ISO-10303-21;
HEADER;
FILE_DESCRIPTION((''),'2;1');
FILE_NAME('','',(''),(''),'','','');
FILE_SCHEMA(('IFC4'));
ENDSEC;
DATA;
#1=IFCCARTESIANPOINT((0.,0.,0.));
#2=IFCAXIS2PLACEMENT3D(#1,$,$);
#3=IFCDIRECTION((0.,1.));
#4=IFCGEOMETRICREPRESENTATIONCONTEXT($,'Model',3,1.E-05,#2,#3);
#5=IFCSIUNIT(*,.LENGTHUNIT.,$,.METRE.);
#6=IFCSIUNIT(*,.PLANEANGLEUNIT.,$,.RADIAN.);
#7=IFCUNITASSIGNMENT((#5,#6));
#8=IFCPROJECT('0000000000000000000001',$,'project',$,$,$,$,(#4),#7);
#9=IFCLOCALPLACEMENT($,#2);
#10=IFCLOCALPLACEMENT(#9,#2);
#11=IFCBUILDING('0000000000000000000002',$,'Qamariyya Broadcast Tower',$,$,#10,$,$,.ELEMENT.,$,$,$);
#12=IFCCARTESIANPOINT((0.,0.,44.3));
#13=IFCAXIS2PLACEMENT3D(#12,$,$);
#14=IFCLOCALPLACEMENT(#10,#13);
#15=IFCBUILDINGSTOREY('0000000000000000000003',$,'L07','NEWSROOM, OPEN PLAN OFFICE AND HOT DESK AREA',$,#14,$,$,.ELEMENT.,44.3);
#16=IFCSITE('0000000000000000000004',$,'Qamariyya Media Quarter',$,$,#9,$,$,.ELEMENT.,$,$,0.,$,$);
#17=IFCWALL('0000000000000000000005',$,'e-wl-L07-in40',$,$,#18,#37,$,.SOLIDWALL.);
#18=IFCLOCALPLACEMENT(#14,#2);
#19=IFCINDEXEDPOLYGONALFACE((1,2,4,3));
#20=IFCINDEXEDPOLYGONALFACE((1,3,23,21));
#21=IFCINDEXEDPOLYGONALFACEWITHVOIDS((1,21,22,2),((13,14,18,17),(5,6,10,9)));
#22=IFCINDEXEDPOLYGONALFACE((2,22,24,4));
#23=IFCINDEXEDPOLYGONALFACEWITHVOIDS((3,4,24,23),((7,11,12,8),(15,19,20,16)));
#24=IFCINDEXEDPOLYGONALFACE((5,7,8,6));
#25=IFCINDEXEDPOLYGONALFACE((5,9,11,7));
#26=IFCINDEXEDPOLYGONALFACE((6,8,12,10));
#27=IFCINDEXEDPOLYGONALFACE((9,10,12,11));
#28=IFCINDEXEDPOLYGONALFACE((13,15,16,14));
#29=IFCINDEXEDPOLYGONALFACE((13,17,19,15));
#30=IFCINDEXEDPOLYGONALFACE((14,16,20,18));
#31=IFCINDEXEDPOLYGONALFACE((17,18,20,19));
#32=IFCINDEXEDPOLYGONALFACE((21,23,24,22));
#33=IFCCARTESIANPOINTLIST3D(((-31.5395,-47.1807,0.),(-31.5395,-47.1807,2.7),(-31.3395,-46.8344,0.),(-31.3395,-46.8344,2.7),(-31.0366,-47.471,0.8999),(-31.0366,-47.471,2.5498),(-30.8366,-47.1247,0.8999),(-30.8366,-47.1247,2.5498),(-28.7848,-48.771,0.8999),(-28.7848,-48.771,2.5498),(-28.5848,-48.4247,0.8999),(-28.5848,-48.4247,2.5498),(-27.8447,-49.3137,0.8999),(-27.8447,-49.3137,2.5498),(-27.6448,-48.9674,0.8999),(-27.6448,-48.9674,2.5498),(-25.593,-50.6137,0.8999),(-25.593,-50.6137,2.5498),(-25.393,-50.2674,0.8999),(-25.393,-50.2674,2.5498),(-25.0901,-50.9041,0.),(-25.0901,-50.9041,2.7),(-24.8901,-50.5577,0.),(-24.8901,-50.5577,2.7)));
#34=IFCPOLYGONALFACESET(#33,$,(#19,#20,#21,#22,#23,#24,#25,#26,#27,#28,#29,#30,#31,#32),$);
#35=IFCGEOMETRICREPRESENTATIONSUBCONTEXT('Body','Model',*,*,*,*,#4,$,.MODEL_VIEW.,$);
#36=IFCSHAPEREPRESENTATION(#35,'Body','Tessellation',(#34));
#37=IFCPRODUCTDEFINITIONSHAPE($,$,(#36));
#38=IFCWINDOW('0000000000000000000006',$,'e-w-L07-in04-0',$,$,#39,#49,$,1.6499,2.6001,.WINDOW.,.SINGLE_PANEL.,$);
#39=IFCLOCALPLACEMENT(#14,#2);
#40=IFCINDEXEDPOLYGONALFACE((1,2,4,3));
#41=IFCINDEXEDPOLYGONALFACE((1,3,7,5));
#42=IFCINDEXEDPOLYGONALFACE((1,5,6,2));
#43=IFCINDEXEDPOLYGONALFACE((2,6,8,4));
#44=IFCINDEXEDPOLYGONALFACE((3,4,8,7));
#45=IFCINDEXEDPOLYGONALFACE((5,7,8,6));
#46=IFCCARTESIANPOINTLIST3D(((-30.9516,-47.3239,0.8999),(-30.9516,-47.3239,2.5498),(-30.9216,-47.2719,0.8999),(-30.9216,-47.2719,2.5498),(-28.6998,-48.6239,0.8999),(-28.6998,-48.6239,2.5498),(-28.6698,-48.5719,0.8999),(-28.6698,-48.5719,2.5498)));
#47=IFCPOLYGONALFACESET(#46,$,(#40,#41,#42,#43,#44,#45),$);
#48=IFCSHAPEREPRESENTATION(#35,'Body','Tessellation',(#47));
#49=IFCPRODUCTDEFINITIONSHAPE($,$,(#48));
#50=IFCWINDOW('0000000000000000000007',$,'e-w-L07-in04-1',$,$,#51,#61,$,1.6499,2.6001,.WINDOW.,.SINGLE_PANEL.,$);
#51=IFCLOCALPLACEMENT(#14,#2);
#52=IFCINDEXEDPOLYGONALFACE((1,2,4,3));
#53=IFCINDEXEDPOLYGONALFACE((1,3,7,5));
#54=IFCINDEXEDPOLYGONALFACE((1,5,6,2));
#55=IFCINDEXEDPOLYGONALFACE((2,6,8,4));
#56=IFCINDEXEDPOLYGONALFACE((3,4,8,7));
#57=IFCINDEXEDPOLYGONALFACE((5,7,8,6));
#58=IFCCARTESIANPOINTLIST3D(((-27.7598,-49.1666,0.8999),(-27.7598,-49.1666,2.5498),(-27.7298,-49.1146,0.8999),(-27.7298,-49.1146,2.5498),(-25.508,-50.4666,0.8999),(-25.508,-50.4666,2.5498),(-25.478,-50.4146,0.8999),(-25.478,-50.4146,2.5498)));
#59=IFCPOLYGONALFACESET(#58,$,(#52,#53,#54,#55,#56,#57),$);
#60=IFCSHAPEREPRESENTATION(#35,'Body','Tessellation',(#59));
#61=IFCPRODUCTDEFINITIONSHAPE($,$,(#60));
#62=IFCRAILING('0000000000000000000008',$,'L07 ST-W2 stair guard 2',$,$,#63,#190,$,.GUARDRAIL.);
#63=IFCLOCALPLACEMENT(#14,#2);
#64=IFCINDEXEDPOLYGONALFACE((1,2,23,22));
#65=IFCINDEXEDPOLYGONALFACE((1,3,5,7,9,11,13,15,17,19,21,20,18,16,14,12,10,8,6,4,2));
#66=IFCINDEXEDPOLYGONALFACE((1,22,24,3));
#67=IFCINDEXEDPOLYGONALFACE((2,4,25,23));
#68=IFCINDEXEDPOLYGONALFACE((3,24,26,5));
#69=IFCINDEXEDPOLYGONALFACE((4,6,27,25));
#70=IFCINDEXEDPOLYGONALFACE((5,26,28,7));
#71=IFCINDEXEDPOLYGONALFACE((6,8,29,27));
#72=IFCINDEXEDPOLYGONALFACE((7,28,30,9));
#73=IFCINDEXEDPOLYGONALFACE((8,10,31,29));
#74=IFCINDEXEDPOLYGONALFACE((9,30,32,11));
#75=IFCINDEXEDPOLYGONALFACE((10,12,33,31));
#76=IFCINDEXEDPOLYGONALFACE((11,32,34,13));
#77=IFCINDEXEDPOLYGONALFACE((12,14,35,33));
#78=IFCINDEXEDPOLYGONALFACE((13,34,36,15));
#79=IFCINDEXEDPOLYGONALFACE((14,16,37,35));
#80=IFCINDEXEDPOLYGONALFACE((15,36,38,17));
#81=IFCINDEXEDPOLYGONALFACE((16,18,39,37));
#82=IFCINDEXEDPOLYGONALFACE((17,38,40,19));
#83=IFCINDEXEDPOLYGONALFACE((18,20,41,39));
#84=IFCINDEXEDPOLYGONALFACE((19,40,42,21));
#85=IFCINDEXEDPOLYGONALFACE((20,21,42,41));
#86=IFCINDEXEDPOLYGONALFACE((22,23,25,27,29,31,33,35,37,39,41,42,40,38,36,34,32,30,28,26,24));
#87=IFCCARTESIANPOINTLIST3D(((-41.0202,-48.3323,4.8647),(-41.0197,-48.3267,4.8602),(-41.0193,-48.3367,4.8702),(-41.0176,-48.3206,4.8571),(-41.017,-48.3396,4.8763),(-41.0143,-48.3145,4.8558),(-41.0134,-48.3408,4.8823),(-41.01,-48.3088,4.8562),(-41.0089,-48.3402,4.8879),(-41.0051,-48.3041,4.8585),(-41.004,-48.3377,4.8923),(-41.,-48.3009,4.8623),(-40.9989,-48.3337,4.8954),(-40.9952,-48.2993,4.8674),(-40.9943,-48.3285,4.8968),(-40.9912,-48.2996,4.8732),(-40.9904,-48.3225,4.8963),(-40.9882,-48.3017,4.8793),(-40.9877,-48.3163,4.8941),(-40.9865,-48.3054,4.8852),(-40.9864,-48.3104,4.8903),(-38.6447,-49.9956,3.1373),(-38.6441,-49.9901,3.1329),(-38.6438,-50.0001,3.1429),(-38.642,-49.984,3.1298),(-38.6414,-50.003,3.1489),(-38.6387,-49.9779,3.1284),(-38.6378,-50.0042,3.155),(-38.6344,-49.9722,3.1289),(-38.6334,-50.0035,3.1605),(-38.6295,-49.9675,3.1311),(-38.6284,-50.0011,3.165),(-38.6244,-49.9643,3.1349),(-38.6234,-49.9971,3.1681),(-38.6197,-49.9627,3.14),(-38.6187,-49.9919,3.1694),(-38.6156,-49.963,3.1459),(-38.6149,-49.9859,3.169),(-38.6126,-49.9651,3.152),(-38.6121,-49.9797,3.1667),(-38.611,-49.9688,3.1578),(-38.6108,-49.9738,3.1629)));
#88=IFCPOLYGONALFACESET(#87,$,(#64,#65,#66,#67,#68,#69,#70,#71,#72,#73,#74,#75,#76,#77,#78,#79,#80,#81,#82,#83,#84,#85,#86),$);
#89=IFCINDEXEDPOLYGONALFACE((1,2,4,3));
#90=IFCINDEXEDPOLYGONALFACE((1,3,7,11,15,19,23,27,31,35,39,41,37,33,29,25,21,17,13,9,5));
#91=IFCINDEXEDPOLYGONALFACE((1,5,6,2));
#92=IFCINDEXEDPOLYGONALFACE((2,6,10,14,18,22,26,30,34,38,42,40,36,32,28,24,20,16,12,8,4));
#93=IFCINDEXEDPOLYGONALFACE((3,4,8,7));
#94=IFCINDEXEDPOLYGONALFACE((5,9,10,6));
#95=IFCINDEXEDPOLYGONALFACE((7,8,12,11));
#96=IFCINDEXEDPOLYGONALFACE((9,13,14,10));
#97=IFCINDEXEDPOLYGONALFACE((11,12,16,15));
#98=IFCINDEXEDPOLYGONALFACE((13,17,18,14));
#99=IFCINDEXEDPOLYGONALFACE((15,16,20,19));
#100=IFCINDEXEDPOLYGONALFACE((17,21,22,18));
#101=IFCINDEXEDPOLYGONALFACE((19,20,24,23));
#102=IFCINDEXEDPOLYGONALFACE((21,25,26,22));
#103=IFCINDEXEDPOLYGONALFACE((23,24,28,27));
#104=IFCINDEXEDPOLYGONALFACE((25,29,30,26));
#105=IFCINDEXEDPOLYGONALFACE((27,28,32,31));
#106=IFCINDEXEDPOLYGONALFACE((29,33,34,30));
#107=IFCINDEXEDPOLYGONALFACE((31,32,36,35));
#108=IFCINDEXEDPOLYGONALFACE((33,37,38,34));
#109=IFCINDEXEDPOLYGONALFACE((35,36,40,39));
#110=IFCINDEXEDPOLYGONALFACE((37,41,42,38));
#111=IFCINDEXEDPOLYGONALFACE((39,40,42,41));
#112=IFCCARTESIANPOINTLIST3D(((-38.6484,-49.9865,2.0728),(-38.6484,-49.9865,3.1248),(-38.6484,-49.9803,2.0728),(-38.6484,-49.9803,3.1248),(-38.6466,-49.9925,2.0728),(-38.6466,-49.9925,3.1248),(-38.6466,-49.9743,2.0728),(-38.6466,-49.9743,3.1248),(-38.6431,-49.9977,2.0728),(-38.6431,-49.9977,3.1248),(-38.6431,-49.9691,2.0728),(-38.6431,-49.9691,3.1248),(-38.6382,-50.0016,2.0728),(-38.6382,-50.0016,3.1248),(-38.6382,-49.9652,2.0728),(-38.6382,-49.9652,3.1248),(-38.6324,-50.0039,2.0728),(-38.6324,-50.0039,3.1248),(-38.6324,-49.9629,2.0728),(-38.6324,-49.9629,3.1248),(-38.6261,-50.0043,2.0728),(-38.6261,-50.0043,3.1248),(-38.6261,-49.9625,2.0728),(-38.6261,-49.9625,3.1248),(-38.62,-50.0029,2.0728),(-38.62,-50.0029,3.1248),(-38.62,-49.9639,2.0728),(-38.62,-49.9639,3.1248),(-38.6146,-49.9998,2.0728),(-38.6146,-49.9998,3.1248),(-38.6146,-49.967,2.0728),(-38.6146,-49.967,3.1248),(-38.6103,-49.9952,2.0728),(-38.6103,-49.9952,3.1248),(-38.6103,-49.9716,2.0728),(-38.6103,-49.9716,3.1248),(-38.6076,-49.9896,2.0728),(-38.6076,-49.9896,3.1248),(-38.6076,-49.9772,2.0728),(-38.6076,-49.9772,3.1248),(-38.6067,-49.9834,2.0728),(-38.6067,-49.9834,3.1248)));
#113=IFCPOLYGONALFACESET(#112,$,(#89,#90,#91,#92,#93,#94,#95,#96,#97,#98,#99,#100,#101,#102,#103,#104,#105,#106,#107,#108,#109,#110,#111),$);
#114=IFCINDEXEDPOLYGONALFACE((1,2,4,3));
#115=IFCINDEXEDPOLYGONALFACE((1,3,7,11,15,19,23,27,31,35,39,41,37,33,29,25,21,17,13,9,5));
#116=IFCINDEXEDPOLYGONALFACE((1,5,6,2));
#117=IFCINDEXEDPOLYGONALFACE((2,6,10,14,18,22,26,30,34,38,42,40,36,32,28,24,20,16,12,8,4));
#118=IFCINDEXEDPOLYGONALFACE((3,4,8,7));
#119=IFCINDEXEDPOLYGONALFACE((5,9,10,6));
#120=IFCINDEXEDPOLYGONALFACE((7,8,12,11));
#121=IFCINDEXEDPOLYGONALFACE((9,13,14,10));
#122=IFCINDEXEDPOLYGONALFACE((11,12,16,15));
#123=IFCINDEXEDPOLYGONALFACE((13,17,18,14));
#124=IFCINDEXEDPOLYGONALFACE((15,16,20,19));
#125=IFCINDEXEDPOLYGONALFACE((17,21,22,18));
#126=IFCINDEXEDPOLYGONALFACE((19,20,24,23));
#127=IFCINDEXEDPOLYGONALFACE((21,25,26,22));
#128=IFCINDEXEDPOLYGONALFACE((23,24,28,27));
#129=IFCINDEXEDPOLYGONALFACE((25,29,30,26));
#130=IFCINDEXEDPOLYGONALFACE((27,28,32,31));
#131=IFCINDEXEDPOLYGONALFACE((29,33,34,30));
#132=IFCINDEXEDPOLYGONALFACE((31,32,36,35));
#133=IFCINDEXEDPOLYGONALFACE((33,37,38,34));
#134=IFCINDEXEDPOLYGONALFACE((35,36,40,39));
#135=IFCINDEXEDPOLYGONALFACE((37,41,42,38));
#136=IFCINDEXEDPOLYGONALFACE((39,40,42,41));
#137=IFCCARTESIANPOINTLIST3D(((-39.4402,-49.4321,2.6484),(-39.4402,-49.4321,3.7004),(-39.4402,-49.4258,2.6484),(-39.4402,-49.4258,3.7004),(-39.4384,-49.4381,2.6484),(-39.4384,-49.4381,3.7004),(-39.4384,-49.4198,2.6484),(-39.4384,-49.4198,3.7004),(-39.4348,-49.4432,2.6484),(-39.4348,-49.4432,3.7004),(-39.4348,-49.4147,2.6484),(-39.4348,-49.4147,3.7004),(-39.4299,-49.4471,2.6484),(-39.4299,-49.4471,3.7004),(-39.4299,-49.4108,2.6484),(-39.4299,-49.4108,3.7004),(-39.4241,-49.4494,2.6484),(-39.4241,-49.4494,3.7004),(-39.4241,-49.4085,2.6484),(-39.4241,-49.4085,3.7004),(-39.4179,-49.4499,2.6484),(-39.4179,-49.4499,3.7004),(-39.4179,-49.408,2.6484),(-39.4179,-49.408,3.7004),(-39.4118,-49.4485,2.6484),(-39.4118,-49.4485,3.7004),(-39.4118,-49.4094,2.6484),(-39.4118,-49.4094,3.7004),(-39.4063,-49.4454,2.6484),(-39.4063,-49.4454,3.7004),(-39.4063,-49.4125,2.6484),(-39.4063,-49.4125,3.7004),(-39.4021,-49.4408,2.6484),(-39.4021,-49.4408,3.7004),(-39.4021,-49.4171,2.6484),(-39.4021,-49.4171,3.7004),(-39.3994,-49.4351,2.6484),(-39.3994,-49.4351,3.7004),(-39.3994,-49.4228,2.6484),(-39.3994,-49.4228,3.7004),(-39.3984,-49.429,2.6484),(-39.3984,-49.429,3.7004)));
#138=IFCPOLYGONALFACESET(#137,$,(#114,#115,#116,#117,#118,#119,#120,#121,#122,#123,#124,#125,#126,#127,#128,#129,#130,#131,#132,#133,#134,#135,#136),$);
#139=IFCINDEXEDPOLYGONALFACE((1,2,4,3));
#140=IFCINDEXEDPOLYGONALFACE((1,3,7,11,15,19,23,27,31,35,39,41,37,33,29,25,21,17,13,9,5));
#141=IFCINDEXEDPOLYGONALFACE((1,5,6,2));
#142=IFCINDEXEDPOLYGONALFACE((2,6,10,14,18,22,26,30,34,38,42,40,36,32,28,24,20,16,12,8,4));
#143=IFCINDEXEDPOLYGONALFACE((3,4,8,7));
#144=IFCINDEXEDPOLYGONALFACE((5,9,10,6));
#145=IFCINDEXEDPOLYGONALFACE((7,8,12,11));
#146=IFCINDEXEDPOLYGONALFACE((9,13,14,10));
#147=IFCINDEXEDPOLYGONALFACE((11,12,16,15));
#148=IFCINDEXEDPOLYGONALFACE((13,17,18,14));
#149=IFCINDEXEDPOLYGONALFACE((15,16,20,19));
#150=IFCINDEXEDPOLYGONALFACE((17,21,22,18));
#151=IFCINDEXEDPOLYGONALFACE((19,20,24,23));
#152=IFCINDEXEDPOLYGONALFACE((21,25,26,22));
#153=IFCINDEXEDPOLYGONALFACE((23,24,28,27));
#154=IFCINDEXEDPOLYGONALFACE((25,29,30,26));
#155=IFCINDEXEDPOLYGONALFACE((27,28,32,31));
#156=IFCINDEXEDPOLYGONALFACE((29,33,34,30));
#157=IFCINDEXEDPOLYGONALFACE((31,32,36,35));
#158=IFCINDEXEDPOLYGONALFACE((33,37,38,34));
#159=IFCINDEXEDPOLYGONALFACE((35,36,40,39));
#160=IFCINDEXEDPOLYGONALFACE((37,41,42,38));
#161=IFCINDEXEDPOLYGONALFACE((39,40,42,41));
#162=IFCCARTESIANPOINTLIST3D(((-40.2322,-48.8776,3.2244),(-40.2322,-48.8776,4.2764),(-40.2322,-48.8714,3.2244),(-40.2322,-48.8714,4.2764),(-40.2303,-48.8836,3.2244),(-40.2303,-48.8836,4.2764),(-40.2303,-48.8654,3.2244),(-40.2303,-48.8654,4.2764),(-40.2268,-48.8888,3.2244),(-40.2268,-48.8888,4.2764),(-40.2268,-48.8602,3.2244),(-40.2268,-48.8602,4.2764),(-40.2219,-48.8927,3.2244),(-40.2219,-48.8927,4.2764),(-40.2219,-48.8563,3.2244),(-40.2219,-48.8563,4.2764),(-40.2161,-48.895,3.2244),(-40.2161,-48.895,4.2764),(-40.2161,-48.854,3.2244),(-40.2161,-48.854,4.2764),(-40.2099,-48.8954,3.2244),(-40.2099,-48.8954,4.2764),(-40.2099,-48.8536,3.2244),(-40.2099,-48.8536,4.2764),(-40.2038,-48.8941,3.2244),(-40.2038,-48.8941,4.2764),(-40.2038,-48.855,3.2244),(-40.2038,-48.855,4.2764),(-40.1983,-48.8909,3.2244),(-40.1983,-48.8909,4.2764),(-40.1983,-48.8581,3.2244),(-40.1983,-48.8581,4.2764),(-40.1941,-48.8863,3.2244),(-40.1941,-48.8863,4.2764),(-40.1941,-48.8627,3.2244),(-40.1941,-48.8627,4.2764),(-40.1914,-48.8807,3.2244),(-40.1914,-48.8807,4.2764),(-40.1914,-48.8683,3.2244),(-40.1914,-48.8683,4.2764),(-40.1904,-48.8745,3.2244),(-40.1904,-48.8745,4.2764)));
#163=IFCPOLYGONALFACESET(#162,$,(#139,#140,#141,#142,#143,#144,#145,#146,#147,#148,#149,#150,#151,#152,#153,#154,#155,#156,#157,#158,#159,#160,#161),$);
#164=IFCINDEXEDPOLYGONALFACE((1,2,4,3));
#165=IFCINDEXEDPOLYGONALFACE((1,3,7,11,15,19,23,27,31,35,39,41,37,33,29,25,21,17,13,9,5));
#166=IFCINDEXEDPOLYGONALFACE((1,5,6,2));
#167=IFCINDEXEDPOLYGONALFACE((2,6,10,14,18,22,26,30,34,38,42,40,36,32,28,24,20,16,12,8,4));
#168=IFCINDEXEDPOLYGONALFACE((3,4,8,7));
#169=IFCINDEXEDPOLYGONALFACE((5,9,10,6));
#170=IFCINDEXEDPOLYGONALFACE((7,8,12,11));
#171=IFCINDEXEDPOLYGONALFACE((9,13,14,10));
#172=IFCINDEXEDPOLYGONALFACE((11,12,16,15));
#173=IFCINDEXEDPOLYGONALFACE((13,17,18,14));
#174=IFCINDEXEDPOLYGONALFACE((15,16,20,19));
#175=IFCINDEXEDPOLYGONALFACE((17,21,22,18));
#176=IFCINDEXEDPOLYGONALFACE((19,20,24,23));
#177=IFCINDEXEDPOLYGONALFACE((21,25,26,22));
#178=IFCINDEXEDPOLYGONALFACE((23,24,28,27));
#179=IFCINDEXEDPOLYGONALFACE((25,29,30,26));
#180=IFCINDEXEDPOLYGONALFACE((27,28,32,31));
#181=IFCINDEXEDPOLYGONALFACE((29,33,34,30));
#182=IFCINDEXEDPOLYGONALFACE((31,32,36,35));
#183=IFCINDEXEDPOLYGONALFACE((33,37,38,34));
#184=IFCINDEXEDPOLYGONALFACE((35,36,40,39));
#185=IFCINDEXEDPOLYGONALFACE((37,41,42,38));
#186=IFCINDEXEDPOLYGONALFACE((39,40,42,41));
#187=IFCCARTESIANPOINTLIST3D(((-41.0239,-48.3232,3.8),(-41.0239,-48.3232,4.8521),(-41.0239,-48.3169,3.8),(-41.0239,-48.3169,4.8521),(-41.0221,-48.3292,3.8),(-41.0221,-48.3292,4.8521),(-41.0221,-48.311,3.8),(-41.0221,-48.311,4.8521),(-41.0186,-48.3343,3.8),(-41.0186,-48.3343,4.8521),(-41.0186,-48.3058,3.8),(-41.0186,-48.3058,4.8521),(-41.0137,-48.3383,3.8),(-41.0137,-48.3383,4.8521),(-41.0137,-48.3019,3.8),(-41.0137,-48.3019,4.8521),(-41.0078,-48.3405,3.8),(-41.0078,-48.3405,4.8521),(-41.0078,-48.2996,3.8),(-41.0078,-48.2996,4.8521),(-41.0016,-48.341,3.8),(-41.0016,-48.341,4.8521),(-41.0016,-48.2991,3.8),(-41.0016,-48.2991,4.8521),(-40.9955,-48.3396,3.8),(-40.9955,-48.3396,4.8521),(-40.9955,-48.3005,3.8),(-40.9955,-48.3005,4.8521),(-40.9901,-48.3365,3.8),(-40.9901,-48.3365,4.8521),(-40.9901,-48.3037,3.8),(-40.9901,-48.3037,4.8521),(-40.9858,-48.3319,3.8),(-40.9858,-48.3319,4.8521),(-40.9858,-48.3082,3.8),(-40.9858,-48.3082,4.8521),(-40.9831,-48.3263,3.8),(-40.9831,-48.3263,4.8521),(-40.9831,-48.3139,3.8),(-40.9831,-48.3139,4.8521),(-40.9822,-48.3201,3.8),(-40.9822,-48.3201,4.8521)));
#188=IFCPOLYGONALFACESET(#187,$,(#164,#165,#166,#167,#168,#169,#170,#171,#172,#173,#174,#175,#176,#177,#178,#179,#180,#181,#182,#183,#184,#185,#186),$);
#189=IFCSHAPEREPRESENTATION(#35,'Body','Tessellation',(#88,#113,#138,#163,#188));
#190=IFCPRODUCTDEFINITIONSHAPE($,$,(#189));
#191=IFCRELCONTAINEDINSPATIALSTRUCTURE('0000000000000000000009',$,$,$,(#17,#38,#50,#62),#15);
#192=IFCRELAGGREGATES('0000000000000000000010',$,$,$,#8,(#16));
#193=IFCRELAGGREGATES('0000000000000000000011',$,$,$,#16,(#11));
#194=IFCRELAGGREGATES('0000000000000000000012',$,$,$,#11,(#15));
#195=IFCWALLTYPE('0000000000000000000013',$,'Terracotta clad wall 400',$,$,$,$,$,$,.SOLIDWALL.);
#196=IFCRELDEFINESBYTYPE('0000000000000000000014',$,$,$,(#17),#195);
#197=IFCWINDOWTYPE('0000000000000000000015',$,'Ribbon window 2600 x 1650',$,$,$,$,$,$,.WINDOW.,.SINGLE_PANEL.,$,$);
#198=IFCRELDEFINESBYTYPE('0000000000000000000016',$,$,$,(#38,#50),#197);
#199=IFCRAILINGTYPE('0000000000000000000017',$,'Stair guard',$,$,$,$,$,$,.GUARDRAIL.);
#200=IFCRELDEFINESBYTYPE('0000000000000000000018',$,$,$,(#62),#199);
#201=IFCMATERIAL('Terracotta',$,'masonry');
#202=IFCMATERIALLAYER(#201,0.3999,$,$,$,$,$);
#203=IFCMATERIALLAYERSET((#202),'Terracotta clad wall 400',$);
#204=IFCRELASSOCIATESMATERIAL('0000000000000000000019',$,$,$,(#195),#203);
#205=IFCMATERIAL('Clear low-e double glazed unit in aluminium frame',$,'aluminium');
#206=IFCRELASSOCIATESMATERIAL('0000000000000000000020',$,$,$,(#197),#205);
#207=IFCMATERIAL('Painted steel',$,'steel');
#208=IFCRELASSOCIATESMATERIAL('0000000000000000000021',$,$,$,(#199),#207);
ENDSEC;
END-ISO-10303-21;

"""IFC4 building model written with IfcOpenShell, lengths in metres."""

from ifc_helpers import new_model, si_unit, direction, frame, frame_2d, origin, origin_2d, place, context, subcontext, project, spatial, rectangle, circle, extrude, material, layer, layer_set, type_object, element, fill, save


model = new_model("IFC4")

# Units and contexts
model_context = context("Model", 3, precision=1e-05, world=origin(), true_north=direction((0.0, 1.0)))
body_context = subcontext(model_context, "Body", "Model", "MODEL_VIEW")
ifc_project = project(units=[si_unit("LENGTHUNIT", "METRE"), si_unit("PLANEANGLEUNIT", "RADIAN")], contexts=[model_context])

# Site, building, storey
site_placement = place(None, origin())
site = spatial("IfcSite", under=ifc_project, at=site_placement, Name="Qamariyya Media Quarter", CompositionType="ELEMENT", RefElevation=0.0)
building_placement = place(site_placement, origin())
building = spatial("IfcBuilding", under=site, at=building_placement, Name="Qamariyya Broadcast Tower", CompositionType="ELEMENT")
storey_placement = place(building_placement, frame((0.0, 0.0, 44.3)))
storey = spatial("IfcBuildingStorey", under=building, at=storey_placement, Name="L07", Description="NEWSROOM, OPEN PLAN OFFICE AND HOT DESK AREA", CompositionType="ELEMENT", Elevation=44.3)

# Wall, openings, windows
ifc_material_1 = material(Name="Terracotta", Category="masonry")
ifc_layer_1 = layer(ifc_material_1, 0.3999)
ifc_layer_set_1 = layer_set([ifc_layer_1], Name="Terracotta clad wall 400")
wall_type = type_object("IfcWallType", Name="Terracotta clad wall 400", PredefinedType="SOLIDWALL", material=ifc_layer_set_1)
ifc_material_2 = material(Name="Clear low-e double glazed unit in aluminium frame", Category="aluminium")
window_type = type_object("IfcWindowType", Name="Ribbon window 2600 x 1650", PartitioningType="SINGLE_PANEL", PredefinedType="WINDOW", material=ifc_material_2)
wall_1_placement = place(storey_placement, frame((-24.99, -50.731, 0.0), z_axis=(0.0, 0.0, 1.0), x_axis=(-0.866038, 0.499979, 0.0)))
wall_1 = element("IfcWall", 1, at=wall_1_placement, inside=storey, type_object=wall_type, Name="e-wl-L07-in40", PredefinedType="SOLIDWALL", context=body_context, shape_type="SweptSolid", body=[
    extrude(rectangle(XDim=7.447, YDim=0.3999, at=frame_2d((3.7236, 0.0))), origin(), (0.0, 0.0, 1.0), 2.7),
])
opening_1_placement = place(wall_1_placement, frame((4.2664, 0.0, 0.8999)))
opening_1 = element("IfcOpeningElement", 2, at=opening_1_placement, cuts=wall_1, PredefinedType="OPENING", context=body_context, shape_type="SweptSolid", body=[
    extrude(rectangle(XDim=2.6001, YDim=1.6499, at=frame_2d((1.3, 0.825))), frame((0.0, 0.21, 0.0), z_axis=(0.0, -1.0, 0.0), x_axis=(1.0, 0.0, 0.0)), (0.0, 0.0, 1.0), 0.4199),
])
opening_2_placement = place(wall_1_placement, frame((0.5808, 0.0, 0.8999)))
opening_2 = element("IfcOpeningElement", 3, at=opening_2_placement, cuts=wall_1, PredefinedType="OPENING", context=body_context, shape_type="SweptSolid", body=[
    extrude(rectangle(XDim=2.6001, YDim=1.6499, at=frame_2d((1.3, 0.825))), frame((0.0, 0.21, 0.0), z_axis=(0.0, -1.0, 0.0), x_axis=(1.0, 0.0, 0.0)), (0.0, 0.0, 1.0), 0.4199),
])
window_1_placement = place(opening_1_placement, origin())
window_1 = element("IfcWindow", 4, at=window_1_placement, inside=storey, type_object=window_type, Name="e-w-L07-in04-0", OverallHeight=1.6499, OverallWidth=2.6001, PartitioningType="SINGLE_PANEL", PredefinedType="WINDOW", context=body_context, shape_type="SweptSolid", body=[
    extrude(rectangle(XDim=2.6001, YDim=1.6499, at=frame_2d((1.3, 0.825))), frame((0.0, 0.03, 0.0), z_axis=(0.0, -1.0, 0.0), x_axis=(1.0, 0.0, 0.0)), (0.0, 0.0, 1.0), 0.0601),
])
fill(opening_1, window_1)
window_2_placement = place(opening_2_placement, origin())
window_2 = element("IfcWindow", 5, at=window_2_placement, inside=storey, type_object=window_type, Name="e-w-L07-in04-1", OverallHeight=1.6499, OverallWidth=2.6001, PartitioningType="SINGLE_PANEL", PredefinedType="WINDOW", context=body_context, shape_type="SweptSolid", body=[
    extrude(rectangle(XDim=2.6001, YDim=1.6499, at=frame_2d((1.3, 0.825))), frame((0.0, 0.03, 0.0), z_axis=(0.0, -1.0, 0.0), x_axis=(1.0, 0.0, 0.0)), (0.0, 0.0, 1.0), 0.0601),
])
fill(opening_2, window_2)

# Railing
ifc_material_3 = material(Name="Painted steel", Category="steel")
railing_type_1 = type_object("IfcRailingType", Name="Stair guard", PredefinedType="GUARDRAIL", material=ifc_material_3)
railing_1_placement = place(storey_placement, frame((-38.6277, -49.9834, 2.0728)))
element("IfcRailing", 6, at=railing_1_placement, inside=storey, type_object=railing_type_1, Name="L07 ST-W2 stair guard 2", PredefinedType="GUARDRAIL", context=body_context, shape_type="SweptSolid", body=[
    extrude(circle(Radius=0.0239, at=origin_2d()), frame((0.0, 0.0, 1.0762), z_axis=(-0.70377, 0.492784, 0.511734), x_axis=(-0.573575, -0.819153, 0.0)), (0.0, 0.0, 1.0), 3.3755),
    extrude(circle(Radius=0.021, at=origin_2d()), origin(), (0.0, 0.0, 1.0), 1.052),
    extrude(circle(Radius=0.021, at=origin_2d()), frame((-0.7917, 0.5544, 0.5757)), (0.0, 0.0, 1.0), 1.052),
    extrude(circle(Radius=0.021, at=origin_2d()), frame((-1.5837, 1.1089, 1.1516)), (0.0, 0.0, 1.0), 1.052),
    extrude(circle(Radius=0.021, at=origin_2d()), frame((-2.3755, 1.6633, 1.7273)), (0.0, 0.0, 1.0), 1.052),
])

save(model, "model.ifc")
